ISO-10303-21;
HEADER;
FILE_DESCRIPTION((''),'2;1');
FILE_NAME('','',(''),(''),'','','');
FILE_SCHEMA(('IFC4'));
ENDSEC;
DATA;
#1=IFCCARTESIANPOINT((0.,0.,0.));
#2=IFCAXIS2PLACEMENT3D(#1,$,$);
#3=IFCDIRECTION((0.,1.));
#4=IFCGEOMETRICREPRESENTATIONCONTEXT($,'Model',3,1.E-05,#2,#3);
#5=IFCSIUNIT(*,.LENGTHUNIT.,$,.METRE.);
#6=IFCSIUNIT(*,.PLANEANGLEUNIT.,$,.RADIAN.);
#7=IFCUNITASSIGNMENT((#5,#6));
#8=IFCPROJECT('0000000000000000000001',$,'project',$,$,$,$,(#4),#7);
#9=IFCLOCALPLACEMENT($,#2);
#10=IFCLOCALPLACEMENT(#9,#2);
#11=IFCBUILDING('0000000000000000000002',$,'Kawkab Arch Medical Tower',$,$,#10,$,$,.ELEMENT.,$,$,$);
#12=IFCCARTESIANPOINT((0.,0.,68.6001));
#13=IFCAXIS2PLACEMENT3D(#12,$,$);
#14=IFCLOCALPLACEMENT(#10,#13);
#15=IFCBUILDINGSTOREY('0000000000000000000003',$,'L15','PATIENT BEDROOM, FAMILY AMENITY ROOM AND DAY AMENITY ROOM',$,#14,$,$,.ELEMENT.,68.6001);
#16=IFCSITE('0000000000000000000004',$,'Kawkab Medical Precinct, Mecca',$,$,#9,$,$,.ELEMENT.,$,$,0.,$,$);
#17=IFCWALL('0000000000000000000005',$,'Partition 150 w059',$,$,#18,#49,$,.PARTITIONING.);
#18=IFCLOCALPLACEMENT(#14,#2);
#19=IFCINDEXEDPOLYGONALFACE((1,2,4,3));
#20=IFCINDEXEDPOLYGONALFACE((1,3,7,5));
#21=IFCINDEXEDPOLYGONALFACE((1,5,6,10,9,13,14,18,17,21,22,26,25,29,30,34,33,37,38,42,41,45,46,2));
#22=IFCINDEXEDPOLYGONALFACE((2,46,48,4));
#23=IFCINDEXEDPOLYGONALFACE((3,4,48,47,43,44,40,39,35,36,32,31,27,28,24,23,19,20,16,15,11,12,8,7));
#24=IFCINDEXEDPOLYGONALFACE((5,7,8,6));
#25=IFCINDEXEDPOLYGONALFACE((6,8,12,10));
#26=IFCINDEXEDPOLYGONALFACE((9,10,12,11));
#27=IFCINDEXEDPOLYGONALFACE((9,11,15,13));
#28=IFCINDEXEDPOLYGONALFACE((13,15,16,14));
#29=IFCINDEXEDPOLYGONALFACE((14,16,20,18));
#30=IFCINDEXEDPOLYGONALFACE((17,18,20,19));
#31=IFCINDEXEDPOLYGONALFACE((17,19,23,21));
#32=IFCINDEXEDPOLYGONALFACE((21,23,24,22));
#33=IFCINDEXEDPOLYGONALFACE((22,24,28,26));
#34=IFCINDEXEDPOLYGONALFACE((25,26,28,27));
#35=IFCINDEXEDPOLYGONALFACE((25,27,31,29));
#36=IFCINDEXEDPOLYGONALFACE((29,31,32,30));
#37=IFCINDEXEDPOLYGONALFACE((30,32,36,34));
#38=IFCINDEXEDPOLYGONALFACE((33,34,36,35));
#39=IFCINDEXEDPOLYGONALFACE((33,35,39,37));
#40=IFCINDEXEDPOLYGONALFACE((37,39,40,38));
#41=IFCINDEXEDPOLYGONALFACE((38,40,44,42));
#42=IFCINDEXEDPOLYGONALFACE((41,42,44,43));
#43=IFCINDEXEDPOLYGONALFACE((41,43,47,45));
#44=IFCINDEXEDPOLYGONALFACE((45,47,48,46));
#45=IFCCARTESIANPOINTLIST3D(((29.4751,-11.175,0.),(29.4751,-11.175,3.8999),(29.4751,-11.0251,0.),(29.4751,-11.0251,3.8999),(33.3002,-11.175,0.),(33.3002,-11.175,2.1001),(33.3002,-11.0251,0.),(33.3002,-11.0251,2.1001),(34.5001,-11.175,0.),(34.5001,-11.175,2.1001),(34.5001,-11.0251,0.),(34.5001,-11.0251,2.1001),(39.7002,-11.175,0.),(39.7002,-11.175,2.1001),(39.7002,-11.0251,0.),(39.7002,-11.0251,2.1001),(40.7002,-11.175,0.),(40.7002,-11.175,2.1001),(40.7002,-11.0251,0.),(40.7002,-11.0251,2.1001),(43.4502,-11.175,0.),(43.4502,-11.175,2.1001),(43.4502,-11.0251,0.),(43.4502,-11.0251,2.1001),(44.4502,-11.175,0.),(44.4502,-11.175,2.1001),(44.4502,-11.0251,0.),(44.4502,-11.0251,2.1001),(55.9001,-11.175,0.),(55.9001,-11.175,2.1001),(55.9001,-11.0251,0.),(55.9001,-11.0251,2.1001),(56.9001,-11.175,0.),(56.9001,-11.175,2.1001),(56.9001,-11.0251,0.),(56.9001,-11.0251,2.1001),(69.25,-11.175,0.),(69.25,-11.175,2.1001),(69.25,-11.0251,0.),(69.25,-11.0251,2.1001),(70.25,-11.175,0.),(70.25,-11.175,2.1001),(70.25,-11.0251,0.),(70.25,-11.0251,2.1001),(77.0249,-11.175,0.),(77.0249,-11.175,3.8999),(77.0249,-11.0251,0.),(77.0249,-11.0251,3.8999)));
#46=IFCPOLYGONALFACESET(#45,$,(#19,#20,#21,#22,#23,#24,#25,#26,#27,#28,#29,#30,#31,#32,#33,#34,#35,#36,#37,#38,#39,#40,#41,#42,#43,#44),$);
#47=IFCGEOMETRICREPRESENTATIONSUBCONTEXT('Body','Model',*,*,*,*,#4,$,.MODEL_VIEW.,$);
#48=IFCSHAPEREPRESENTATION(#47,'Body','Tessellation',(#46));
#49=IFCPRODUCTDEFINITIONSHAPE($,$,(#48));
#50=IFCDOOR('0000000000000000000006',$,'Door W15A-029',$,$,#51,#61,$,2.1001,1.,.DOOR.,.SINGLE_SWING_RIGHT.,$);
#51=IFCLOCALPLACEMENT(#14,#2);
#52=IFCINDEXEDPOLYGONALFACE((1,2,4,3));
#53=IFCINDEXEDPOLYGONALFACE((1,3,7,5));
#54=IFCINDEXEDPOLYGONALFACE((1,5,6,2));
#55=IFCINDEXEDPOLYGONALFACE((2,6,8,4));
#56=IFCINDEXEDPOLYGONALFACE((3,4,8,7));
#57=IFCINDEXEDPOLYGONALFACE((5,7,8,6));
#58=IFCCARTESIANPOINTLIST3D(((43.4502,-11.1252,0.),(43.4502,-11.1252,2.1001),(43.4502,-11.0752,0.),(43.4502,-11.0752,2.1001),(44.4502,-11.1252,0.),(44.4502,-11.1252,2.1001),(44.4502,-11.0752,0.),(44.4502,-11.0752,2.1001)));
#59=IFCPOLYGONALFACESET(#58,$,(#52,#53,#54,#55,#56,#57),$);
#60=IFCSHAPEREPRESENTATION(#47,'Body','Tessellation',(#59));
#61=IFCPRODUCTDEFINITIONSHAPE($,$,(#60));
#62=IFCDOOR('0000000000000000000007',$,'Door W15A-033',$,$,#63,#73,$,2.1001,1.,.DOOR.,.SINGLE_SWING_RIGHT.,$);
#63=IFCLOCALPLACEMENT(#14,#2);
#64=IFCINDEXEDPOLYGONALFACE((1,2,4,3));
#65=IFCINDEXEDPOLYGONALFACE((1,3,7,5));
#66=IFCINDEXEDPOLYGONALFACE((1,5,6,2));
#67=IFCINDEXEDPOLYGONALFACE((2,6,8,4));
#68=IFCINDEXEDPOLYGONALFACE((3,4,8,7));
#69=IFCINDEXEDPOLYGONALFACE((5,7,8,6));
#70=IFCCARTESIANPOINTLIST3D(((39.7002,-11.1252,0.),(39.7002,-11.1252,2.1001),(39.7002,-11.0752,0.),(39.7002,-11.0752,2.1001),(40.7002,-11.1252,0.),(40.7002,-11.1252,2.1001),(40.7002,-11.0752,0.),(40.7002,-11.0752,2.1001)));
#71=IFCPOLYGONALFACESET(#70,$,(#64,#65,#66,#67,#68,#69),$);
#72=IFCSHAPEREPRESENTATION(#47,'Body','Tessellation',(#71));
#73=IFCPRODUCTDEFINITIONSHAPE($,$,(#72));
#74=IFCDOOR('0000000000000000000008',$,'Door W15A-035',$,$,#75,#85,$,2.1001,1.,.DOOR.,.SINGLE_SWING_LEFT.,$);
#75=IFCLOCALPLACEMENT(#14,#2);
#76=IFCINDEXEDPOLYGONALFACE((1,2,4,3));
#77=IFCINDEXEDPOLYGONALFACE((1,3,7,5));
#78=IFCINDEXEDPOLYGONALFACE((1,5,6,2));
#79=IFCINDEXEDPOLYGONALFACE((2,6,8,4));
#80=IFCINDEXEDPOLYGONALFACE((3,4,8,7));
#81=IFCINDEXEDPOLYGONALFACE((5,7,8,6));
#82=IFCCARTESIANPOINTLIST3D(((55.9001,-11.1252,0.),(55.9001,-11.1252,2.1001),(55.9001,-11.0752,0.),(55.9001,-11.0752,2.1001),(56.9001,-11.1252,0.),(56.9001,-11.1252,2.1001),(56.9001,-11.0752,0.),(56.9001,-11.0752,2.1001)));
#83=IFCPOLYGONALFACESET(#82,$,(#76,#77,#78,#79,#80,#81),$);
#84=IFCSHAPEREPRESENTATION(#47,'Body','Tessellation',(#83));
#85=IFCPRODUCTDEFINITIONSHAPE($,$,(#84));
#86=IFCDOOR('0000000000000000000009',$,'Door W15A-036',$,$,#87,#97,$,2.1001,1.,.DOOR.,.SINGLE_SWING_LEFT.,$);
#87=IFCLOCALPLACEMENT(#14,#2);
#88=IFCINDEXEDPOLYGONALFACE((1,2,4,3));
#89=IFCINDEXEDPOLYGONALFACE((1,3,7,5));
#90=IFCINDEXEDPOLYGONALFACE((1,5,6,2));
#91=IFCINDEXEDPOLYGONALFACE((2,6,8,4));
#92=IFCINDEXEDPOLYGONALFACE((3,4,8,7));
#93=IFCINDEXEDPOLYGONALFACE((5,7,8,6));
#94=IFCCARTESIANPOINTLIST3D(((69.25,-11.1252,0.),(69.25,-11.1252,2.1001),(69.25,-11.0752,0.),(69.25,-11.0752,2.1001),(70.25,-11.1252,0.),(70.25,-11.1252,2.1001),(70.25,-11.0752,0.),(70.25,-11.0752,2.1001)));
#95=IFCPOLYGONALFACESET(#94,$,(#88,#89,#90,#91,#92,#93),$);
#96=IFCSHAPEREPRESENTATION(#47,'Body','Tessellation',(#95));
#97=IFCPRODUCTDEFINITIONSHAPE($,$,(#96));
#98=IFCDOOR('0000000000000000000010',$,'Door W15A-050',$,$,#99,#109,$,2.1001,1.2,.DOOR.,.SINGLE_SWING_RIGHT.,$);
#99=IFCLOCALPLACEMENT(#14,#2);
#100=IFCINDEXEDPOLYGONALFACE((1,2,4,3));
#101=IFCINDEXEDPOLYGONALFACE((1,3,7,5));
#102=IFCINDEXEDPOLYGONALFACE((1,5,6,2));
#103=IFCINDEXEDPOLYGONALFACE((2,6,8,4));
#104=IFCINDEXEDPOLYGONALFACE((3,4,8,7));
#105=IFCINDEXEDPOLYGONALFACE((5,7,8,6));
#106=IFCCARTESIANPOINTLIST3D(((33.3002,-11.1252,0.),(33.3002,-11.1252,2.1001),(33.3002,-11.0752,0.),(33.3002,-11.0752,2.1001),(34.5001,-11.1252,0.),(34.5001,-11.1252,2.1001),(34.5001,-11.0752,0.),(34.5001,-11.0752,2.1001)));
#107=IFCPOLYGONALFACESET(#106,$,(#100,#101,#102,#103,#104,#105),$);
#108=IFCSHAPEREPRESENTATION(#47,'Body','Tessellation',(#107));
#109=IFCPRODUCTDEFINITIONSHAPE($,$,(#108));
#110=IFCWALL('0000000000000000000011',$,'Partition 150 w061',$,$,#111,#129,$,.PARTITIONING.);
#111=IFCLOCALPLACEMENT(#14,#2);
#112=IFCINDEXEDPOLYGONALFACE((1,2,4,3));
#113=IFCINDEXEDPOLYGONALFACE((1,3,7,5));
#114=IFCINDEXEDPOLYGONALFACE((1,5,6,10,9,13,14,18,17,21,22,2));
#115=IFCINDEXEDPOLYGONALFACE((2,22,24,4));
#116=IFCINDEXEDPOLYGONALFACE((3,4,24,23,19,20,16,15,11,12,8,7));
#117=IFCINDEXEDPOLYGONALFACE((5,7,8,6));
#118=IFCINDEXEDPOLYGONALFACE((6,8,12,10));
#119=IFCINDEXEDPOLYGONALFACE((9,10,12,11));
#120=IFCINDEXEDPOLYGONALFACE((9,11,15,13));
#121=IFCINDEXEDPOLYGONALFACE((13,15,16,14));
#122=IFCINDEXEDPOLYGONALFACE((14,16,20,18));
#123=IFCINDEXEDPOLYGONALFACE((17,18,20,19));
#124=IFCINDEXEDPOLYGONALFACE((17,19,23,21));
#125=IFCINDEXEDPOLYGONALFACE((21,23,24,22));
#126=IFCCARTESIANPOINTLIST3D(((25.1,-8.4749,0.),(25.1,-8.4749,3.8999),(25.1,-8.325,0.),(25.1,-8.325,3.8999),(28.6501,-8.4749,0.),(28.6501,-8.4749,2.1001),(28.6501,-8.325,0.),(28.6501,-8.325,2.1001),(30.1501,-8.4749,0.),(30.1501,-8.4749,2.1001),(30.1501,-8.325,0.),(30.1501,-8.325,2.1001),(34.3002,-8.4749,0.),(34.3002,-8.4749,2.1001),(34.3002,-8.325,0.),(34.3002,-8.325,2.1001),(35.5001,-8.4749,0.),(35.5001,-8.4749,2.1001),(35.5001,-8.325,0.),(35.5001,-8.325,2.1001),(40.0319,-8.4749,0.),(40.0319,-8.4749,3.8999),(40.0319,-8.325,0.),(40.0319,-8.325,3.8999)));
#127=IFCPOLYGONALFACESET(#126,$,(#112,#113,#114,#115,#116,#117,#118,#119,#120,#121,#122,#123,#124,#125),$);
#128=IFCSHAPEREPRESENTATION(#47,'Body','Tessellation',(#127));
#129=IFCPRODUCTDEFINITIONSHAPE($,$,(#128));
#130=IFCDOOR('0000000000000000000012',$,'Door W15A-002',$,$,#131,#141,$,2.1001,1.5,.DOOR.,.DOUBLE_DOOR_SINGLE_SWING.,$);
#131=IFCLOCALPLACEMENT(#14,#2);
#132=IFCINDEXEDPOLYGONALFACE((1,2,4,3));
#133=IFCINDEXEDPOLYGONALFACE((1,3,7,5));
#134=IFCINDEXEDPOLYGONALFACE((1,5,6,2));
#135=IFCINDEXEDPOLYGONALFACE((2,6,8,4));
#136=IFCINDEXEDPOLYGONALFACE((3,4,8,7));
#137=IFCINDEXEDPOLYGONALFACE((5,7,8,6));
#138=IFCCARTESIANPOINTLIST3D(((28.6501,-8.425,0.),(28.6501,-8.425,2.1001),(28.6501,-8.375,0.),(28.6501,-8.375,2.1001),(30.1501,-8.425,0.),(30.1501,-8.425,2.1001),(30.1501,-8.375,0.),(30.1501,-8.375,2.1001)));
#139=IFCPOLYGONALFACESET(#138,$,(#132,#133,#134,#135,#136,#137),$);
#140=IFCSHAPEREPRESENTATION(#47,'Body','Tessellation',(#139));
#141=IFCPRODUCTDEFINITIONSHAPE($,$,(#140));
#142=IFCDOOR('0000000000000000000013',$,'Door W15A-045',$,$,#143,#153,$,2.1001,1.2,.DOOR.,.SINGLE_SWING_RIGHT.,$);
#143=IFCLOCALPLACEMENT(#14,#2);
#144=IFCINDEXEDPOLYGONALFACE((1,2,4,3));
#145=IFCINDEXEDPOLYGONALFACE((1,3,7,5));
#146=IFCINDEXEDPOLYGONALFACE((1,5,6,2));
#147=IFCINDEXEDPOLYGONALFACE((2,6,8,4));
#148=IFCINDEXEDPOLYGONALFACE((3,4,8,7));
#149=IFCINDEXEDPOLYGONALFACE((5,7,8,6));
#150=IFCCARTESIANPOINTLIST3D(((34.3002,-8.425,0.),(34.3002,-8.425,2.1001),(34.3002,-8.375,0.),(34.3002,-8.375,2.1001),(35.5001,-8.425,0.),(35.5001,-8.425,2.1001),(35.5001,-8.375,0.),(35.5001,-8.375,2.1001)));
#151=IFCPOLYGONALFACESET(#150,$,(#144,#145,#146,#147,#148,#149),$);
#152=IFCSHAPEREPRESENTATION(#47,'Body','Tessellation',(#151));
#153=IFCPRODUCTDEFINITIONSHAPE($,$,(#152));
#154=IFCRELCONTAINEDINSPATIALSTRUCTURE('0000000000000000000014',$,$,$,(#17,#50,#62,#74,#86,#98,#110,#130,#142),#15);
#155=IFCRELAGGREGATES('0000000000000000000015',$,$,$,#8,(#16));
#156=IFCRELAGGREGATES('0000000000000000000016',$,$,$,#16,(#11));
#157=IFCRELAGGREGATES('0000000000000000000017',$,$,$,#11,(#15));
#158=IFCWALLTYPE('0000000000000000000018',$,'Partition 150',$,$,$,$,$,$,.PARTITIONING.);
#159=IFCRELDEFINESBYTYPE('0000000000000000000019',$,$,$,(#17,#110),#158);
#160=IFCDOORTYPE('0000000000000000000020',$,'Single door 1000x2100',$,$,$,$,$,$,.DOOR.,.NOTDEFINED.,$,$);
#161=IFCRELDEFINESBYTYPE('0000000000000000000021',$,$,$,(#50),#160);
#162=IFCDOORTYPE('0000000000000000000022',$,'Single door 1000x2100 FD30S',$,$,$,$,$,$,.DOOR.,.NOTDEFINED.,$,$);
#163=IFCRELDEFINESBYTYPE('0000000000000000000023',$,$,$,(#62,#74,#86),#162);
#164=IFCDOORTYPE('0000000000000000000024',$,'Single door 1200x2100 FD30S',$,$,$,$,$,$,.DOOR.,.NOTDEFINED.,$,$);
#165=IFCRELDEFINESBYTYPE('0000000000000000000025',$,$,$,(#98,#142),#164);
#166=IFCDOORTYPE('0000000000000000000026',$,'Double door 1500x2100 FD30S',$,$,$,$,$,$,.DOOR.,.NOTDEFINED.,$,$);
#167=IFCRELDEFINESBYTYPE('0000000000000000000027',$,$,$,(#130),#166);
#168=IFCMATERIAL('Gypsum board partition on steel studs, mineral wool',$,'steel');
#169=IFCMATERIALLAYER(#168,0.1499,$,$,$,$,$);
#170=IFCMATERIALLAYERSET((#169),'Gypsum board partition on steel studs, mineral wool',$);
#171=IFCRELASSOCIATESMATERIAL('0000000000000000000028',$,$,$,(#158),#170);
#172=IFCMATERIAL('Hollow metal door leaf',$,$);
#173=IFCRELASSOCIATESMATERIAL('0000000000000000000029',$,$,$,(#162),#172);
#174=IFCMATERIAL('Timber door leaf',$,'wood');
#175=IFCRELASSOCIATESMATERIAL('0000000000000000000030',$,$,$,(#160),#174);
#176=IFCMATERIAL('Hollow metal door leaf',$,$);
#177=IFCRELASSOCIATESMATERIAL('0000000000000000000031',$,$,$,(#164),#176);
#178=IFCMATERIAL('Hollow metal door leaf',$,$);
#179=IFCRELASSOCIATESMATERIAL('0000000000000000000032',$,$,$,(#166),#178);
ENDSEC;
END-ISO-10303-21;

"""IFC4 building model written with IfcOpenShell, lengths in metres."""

from ifc_helpers import new_model, si_unit, direction, frame, frame_2d, origin, place, context, subcontext, project, spatial, rectangle, extrude, material, layer, layer_set, type_object, element, fill, save


model = new_model("IFC4")

# Units and contexts
model_context = context("Model", 3, precision=1e-05, world=origin(), true_north=direction((0.0, 1.0)))
body_context = subcontext(model_context, "Body", "Model", "MODEL_VIEW")
ifc_project = project(units=[si_unit("LENGTHUNIT", "METRE"), si_unit("PLANEANGLEUNIT", "RADIAN")], contexts=[model_context])

# Site, building, storey
site_placement = place(None, origin())
site = spatial("IfcSite", under=ifc_project, at=site_placement, Name="Kawkab Medical Precinct, Mecca", CompositionType="ELEMENT", RefElevation=0.0)
building_placement = place(site_placement, origin())
building = spatial("IfcBuilding", under=site, at=building_placement, Name="Kawkab Arch Medical Tower", CompositionType="ELEMENT")
storey_placement = place(building_placement, frame((0.0, 0.0, 68.6001)))
storey = spatial("IfcBuildingStorey", under=building, at=storey_placement, Name="L15", Description="PATIENT BEDROOM, FAMILY AMENITY ROOM AND DAY AMENITY ROOM", CompositionType="ELEMENT", Elevation=68.6001)

# Shared definitions
ifc_material_1 = material(Name="Gypsum board partition on steel studs, mineral wool", Category="steel")
ifc_layer_1 = layer(ifc_material_1, 0.1499)
ifc_layer_set_1 = layer_set([ifc_layer_1], Name="Gypsum board partition on steel studs, mineral wool")
wall_type_1 = type_object("IfcWallType", Name="Partition 150", PredefinedType="PARTITIONING", material=ifc_layer_set_1)
ifc_material_2 = material(Name="Hollow metal door leaf")
door_type_1 = type_object("IfcDoorType", Name="Single door 1000x2100 FD30S", OperationType="NOTDEFINED", PredefinedType="DOOR", material=ifc_material_2)

# Walls, openings, doors
wall_1_placement = place(storey_placement, frame((29.4751, -11.1001, 0.0), z_axis=(0.0, 0.0, 1.0), x_axis=(1.0, 0.0, 0.0)))
wall_1 = element("IfcWall", 1, at=wall_1_placement, inside=storey, type_object=wall_type_1, Name="Partition 150 w059", PredefinedType="PARTITIONING", context=body_context, shape_type="SweptSolid", body=[
    extrude(rectangle(XDim=47.5498, YDim=0.1499, at=frame_2d((23.7749, 0.0))), origin(), (0.0, 0.0, 1.0), 3.8999),
])
opening_1_placement = place(wall_1_placement, frame((3.825, 0.0, 0.0)))
opening_1 = element("IfcOpeningElement", 2, at=opening_1_placement, cuts=wall_1, PredefinedType="OPENING", context=body_context, shape_type="SweptSolid", body=[
    extrude(rectangle(XDim=1.2, YDim=2.1001, at=frame_2d((0.6001, 1.05))), frame((0.0, 0.085, 0.0), z_axis=(0.0, -1.0, 0.0), x_axis=(1.0, 0.0, 0.0)), (0.0, 0.0, 1.0), 0.1699),
])
opening_2_placement = place(wall_1_placement, frame((10.2251, 0.0, 0.0)))
opening_2 = element("IfcOpeningElement", 3, at=opening_2_placement, cuts=wall_1, PredefinedType="OPENING", context=body_context, shape_type="SweptSolid", body=[
    extrude(rectangle(XDim=1.0, YDim=2.1001, at=frame_2d((0.5, 1.05))), frame((0.0, 0.085, 0.0), z_axis=(0.0, -1.0, 0.0), x_axis=(1.0, 0.0, 0.0)), (0.0, 0.0, 1.0), 0.1699),
])
opening_3_placement = place(wall_1_placement, frame((13.9751, 0.0, 0.0)))
opening_3 = element("IfcOpeningElement", 4, at=opening_3_placement, cuts=wall_1, PredefinedType="OPENING", context=body_context, shape_type="SweptSolid", body=[
    extrude(rectangle(XDim=1.0, YDim=2.1001, at=frame_2d((0.5, 1.05))), frame((0.0, 0.085, 0.0), z_axis=(0.0, -1.0, 0.0), x_axis=(1.0, 0.0, 0.0)), (0.0, 0.0, 1.0), 0.1699),
])
opening_4_placement = place(wall_1_placement, frame((26.425, 0.0, 0.0)))
opening_4 = element("IfcOpeningElement", 5, at=opening_4_placement, cuts=wall_1, PredefinedType="OPENING", context=body_context, shape_type="SweptSolid", body=[
    extrude(rectangle(XDim=1.0, YDim=2.1001, at=frame_2d((0.5, 1.05))), frame((0.0, 0.085, 0.0), z_axis=(0.0, -1.0, 0.0), x_axis=(1.0, 0.0, 0.0)), (0.0, 0.0, 1.0), 0.1699),
])
opening_5_placement = place(wall_1_placement, frame((39.7749, 0.0, 0.0)))
opening_5 = element("IfcOpeningElement", 6, at=opening_5_placement, cuts=wall_1, PredefinedType="OPENING", context=body_context, shape_type="SweptSolid", body=[
    extrude(rectangle(XDim=1.0, YDim=2.1001, at=frame_2d((0.5, 1.05))), frame((0.0, 0.085, 0.0), z_axis=(0.0, -1.0, 0.0), x_axis=(1.0, 0.0, 0.0)), (0.0, 0.0, 1.0), 0.1699),
])
ifc_material_3 = material(Name="Timber door leaf", Category="wood")
door_type_2 = type_object("IfcDoorType", Name="Single door 1000x2100", OperationType="NOTDEFINED", PredefinedType="DOOR", material=ifc_material_3)
door_1_placement = place(opening_3_placement, origin())
door_1 = element("IfcDoor", 7, at=door_1_placement, inside=storey, type_object=door_type_2, Name="Door W15A-029", OperationType="SINGLE_SWING_RIGHT", OverallHeight=2.1001, OverallWidth=1.0, PredefinedType="DOOR", context=body_context, shape_type="SweptSolid", body=[
    extrude(rectangle(XDim=1.0, YDim=2.1001, at=frame_2d((0.5, 1.05))), frame((0.0, 0.0249, 0.0), z_axis=(0.0, -1.0, 0.0), x_axis=(1.0, 0.0, 0.0)), (0.0, 0.0, 1.0), 0.05),
])
fill(opening_3, door_1)
door_2_placement = place(opening_2_placement, origin())
door_2 = element("IfcDoor", 8, at=door_2_placement, inside=storey, type_object=door_type_1, Name="Door W15A-033", OperationType="SINGLE_SWING_RIGHT", OverallHeight=2.1001, OverallWidth=1.0, PredefinedType="DOOR", context=body_context, shape_type="SweptSolid", body=[
    extrude(rectangle(XDim=1.0, YDim=2.1001, at=frame_2d((0.5, 1.05))), frame((0.0, 0.0249, 0.0), z_axis=(0.0, -1.0, 0.0), x_axis=(1.0, 0.0, 0.0)), (0.0, 0.0, 1.0), 0.05),
])
fill(opening_2, door_2)
door_3_placement = place(opening_4_placement, origin())
door_3 = element("IfcDoor", 9, at=door_3_placement, inside=storey, type_object=door_type_1, Name="Door W15A-035", OperationType="SINGLE_SWING_LEFT", OverallHeight=2.1001, OverallWidth=1.0, PredefinedType="DOOR", context=body_context, shape_type="SweptSolid", body=[
    extrude(rectangle(XDim=1.0, YDim=2.1001, at=frame_2d((0.5, 1.05))), frame((0.0, 0.0249, 0.0), z_axis=(0.0, -1.0, 0.0), x_axis=(1.0, 0.0, 0.0)), (0.0, 0.0, 1.0), 0.05),
])
fill(opening_4, door_3)
door_4_placement = place(opening_5_placement, origin())
door_4 = element("IfcDoor", 10, at=door_4_placement, inside=storey, type_object=door_type_1, Name="Door W15A-036", OperationType="SINGLE_SWING_LEFT", OverallHeight=2.1001, OverallWidth=1.0, PredefinedType="DOOR", context=body_context, shape_type="SweptSolid", body=[
    extrude(rectangle(XDim=1.0, YDim=2.1001, at=frame_2d((0.5, 1.05))), frame((0.0, 0.0249, 0.0), z_axis=(0.0, -1.0, 0.0), x_axis=(1.0, 0.0, 0.0)), (0.0, 0.0, 1.0), 0.05),
])
fill(opening_5, door_4)
ifc_material_4 = material(Name="Hollow metal door leaf")
door_type_3 = type_object("IfcDoorType", Name="Single door 1200x2100 FD30S", OperationType="NOTDEFINED", PredefinedType="DOOR", material=ifc_material_4)
door_5_placement = place(opening_1_placement, origin())
door_5 = element("IfcDoor", 11, at=door_5_placement, inside=storey, type_object=door_type_3, Name="Door W15A-050", OperationType="SINGLE_SWING_RIGHT", OverallHeight=2.1001, OverallWidth=1.2, PredefinedType="DOOR", context=body_context, shape_type="SweptSolid", body=[
    extrude(rectangle(XDim=1.2, YDim=2.1001, at=frame_2d((0.6001, 1.05))), frame((0.0, 0.0249, 0.0), z_axis=(0.0, -1.0, 0.0), x_axis=(1.0, 0.0, 0.0)), (0.0, 0.0, 1.0), 0.05),
])
fill(opening_1, door_5)
wall_2_placement = place(storey_placement, frame((25.1001, -8.3999, 0.0), z_axis=(0.0, 0.0, 1.0), x_axis=(1.0, 0.0, 0.0)))
wall_2 = element("IfcWall", 12, at=wall_2_placement, inside=storey, type_object=wall_type_1, Name="Partition 150 w061", PredefinedType="PARTITIONING", context=body_context, shape_type="SweptSolid", body=[
    extrude(rectangle(XDim=14.9319, YDim=0.1499, at=frame_2d((7.4658, 0.0))), origin(), (0.0, 0.0, 1.0), 3.8999),
])
opening_6_placement = place(wall_2_placement, frame((3.55, 0.0, 0.0)))
opening_6 = element("IfcOpeningElement", 13, at=opening_6_placement, cuts=wall_2, PredefinedType="OPENING", context=body_context, shape_type="SweptSolid", body=[
    extrude(rectangle(XDim=1.5, YDim=2.1001, at=frame_2d((0.75, 1.05))), frame((0.0, 0.085, 0.0), z_axis=(0.0, -1.0, 0.0), x_axis=(1.0, 0.0, 0.0)), (0.0, 0.0, 1.0), 0.1699),
])
opening_7_placement = place(wall_2_placement, frame((9.2, 0.0, 0.0)))
opening_7 = element("IfcOpeningElement", 14, at=opening_7_placement, cuts=wall_2, PredefinedType="OPENING", context=body_context, shape_type="SweptSolid", body=[
    extrude(rectangle(XDim=1.2, YDim=2.1001, at=frame_2d((0.6001, 1.05))), frame((0.0, 0.085, 0.0), z_axis=(0.0, -1.0, 0.0), x_axis=(1.0, 0.0, 0.0)), (0.0, 0.0, 1.0), 0.1699),
])
ifc_material_5 = material(Name="Hollow metal door leaf")
door_type_4 = type_object("IfcDoorType", Name="Double door 1500x2100 FD30S", OperationType="NOTDEFINED", PredefinedType="DOOR", material=ifc_material_5)
door_6_placement = place(opening_6_placement, origin())
door_6 = element("IfcDoor", 15, at=door_6_placement, inside=storey, type_object=door_type_4, Name="Door W15A-002", OperationType="DOUBLE_DOOR_SINGLE_SWING", OverallHeight=2.1001, OverallWidth=1.5, PredefinedType="DOOR", context=body_context, shape_type="SweptSolid", body=[
    extrude(rectangle(XDim=1.5, YDim=2.1001, at=frame_2d((0.75, 1.05))), frame((0.0, 0.0249, 0.0), z_axis=(0.0, -1.0, 0.0), x_axis=(1.0, 0.0, 0.0)), (0.0, 0.0, 1.0), 0.05),
])
fill(opening_6, door_6)
door_7_placement = place(opening_7_placement, origin())
door_7 = element("IfcDoor", 16, at=door_7_placement, inside=storey, type_object=door_type_3, Name="Door W15A-045", OperationType="SINGLE_SWING_RIGHT", OverallHeight=2.1001, OverallWidth=1.2, PredefinedType="DOOR", context=body_context, shape_type="SweptSolid", body=[
    extrude(rectangle(XDim=1.2, YDim=2.1001, at=frame_2d((0.6001, 1.05))), frame((0.0, 0.0249, 0.0), z_axis=(0.0, -1.0, 0.0), x_axis=(1.0, 0.0, 0.0)), (0.0, 0.0, 1.0), 0.05),
])
fill(opening_7, door_7)

save(model, "model.ifc")
